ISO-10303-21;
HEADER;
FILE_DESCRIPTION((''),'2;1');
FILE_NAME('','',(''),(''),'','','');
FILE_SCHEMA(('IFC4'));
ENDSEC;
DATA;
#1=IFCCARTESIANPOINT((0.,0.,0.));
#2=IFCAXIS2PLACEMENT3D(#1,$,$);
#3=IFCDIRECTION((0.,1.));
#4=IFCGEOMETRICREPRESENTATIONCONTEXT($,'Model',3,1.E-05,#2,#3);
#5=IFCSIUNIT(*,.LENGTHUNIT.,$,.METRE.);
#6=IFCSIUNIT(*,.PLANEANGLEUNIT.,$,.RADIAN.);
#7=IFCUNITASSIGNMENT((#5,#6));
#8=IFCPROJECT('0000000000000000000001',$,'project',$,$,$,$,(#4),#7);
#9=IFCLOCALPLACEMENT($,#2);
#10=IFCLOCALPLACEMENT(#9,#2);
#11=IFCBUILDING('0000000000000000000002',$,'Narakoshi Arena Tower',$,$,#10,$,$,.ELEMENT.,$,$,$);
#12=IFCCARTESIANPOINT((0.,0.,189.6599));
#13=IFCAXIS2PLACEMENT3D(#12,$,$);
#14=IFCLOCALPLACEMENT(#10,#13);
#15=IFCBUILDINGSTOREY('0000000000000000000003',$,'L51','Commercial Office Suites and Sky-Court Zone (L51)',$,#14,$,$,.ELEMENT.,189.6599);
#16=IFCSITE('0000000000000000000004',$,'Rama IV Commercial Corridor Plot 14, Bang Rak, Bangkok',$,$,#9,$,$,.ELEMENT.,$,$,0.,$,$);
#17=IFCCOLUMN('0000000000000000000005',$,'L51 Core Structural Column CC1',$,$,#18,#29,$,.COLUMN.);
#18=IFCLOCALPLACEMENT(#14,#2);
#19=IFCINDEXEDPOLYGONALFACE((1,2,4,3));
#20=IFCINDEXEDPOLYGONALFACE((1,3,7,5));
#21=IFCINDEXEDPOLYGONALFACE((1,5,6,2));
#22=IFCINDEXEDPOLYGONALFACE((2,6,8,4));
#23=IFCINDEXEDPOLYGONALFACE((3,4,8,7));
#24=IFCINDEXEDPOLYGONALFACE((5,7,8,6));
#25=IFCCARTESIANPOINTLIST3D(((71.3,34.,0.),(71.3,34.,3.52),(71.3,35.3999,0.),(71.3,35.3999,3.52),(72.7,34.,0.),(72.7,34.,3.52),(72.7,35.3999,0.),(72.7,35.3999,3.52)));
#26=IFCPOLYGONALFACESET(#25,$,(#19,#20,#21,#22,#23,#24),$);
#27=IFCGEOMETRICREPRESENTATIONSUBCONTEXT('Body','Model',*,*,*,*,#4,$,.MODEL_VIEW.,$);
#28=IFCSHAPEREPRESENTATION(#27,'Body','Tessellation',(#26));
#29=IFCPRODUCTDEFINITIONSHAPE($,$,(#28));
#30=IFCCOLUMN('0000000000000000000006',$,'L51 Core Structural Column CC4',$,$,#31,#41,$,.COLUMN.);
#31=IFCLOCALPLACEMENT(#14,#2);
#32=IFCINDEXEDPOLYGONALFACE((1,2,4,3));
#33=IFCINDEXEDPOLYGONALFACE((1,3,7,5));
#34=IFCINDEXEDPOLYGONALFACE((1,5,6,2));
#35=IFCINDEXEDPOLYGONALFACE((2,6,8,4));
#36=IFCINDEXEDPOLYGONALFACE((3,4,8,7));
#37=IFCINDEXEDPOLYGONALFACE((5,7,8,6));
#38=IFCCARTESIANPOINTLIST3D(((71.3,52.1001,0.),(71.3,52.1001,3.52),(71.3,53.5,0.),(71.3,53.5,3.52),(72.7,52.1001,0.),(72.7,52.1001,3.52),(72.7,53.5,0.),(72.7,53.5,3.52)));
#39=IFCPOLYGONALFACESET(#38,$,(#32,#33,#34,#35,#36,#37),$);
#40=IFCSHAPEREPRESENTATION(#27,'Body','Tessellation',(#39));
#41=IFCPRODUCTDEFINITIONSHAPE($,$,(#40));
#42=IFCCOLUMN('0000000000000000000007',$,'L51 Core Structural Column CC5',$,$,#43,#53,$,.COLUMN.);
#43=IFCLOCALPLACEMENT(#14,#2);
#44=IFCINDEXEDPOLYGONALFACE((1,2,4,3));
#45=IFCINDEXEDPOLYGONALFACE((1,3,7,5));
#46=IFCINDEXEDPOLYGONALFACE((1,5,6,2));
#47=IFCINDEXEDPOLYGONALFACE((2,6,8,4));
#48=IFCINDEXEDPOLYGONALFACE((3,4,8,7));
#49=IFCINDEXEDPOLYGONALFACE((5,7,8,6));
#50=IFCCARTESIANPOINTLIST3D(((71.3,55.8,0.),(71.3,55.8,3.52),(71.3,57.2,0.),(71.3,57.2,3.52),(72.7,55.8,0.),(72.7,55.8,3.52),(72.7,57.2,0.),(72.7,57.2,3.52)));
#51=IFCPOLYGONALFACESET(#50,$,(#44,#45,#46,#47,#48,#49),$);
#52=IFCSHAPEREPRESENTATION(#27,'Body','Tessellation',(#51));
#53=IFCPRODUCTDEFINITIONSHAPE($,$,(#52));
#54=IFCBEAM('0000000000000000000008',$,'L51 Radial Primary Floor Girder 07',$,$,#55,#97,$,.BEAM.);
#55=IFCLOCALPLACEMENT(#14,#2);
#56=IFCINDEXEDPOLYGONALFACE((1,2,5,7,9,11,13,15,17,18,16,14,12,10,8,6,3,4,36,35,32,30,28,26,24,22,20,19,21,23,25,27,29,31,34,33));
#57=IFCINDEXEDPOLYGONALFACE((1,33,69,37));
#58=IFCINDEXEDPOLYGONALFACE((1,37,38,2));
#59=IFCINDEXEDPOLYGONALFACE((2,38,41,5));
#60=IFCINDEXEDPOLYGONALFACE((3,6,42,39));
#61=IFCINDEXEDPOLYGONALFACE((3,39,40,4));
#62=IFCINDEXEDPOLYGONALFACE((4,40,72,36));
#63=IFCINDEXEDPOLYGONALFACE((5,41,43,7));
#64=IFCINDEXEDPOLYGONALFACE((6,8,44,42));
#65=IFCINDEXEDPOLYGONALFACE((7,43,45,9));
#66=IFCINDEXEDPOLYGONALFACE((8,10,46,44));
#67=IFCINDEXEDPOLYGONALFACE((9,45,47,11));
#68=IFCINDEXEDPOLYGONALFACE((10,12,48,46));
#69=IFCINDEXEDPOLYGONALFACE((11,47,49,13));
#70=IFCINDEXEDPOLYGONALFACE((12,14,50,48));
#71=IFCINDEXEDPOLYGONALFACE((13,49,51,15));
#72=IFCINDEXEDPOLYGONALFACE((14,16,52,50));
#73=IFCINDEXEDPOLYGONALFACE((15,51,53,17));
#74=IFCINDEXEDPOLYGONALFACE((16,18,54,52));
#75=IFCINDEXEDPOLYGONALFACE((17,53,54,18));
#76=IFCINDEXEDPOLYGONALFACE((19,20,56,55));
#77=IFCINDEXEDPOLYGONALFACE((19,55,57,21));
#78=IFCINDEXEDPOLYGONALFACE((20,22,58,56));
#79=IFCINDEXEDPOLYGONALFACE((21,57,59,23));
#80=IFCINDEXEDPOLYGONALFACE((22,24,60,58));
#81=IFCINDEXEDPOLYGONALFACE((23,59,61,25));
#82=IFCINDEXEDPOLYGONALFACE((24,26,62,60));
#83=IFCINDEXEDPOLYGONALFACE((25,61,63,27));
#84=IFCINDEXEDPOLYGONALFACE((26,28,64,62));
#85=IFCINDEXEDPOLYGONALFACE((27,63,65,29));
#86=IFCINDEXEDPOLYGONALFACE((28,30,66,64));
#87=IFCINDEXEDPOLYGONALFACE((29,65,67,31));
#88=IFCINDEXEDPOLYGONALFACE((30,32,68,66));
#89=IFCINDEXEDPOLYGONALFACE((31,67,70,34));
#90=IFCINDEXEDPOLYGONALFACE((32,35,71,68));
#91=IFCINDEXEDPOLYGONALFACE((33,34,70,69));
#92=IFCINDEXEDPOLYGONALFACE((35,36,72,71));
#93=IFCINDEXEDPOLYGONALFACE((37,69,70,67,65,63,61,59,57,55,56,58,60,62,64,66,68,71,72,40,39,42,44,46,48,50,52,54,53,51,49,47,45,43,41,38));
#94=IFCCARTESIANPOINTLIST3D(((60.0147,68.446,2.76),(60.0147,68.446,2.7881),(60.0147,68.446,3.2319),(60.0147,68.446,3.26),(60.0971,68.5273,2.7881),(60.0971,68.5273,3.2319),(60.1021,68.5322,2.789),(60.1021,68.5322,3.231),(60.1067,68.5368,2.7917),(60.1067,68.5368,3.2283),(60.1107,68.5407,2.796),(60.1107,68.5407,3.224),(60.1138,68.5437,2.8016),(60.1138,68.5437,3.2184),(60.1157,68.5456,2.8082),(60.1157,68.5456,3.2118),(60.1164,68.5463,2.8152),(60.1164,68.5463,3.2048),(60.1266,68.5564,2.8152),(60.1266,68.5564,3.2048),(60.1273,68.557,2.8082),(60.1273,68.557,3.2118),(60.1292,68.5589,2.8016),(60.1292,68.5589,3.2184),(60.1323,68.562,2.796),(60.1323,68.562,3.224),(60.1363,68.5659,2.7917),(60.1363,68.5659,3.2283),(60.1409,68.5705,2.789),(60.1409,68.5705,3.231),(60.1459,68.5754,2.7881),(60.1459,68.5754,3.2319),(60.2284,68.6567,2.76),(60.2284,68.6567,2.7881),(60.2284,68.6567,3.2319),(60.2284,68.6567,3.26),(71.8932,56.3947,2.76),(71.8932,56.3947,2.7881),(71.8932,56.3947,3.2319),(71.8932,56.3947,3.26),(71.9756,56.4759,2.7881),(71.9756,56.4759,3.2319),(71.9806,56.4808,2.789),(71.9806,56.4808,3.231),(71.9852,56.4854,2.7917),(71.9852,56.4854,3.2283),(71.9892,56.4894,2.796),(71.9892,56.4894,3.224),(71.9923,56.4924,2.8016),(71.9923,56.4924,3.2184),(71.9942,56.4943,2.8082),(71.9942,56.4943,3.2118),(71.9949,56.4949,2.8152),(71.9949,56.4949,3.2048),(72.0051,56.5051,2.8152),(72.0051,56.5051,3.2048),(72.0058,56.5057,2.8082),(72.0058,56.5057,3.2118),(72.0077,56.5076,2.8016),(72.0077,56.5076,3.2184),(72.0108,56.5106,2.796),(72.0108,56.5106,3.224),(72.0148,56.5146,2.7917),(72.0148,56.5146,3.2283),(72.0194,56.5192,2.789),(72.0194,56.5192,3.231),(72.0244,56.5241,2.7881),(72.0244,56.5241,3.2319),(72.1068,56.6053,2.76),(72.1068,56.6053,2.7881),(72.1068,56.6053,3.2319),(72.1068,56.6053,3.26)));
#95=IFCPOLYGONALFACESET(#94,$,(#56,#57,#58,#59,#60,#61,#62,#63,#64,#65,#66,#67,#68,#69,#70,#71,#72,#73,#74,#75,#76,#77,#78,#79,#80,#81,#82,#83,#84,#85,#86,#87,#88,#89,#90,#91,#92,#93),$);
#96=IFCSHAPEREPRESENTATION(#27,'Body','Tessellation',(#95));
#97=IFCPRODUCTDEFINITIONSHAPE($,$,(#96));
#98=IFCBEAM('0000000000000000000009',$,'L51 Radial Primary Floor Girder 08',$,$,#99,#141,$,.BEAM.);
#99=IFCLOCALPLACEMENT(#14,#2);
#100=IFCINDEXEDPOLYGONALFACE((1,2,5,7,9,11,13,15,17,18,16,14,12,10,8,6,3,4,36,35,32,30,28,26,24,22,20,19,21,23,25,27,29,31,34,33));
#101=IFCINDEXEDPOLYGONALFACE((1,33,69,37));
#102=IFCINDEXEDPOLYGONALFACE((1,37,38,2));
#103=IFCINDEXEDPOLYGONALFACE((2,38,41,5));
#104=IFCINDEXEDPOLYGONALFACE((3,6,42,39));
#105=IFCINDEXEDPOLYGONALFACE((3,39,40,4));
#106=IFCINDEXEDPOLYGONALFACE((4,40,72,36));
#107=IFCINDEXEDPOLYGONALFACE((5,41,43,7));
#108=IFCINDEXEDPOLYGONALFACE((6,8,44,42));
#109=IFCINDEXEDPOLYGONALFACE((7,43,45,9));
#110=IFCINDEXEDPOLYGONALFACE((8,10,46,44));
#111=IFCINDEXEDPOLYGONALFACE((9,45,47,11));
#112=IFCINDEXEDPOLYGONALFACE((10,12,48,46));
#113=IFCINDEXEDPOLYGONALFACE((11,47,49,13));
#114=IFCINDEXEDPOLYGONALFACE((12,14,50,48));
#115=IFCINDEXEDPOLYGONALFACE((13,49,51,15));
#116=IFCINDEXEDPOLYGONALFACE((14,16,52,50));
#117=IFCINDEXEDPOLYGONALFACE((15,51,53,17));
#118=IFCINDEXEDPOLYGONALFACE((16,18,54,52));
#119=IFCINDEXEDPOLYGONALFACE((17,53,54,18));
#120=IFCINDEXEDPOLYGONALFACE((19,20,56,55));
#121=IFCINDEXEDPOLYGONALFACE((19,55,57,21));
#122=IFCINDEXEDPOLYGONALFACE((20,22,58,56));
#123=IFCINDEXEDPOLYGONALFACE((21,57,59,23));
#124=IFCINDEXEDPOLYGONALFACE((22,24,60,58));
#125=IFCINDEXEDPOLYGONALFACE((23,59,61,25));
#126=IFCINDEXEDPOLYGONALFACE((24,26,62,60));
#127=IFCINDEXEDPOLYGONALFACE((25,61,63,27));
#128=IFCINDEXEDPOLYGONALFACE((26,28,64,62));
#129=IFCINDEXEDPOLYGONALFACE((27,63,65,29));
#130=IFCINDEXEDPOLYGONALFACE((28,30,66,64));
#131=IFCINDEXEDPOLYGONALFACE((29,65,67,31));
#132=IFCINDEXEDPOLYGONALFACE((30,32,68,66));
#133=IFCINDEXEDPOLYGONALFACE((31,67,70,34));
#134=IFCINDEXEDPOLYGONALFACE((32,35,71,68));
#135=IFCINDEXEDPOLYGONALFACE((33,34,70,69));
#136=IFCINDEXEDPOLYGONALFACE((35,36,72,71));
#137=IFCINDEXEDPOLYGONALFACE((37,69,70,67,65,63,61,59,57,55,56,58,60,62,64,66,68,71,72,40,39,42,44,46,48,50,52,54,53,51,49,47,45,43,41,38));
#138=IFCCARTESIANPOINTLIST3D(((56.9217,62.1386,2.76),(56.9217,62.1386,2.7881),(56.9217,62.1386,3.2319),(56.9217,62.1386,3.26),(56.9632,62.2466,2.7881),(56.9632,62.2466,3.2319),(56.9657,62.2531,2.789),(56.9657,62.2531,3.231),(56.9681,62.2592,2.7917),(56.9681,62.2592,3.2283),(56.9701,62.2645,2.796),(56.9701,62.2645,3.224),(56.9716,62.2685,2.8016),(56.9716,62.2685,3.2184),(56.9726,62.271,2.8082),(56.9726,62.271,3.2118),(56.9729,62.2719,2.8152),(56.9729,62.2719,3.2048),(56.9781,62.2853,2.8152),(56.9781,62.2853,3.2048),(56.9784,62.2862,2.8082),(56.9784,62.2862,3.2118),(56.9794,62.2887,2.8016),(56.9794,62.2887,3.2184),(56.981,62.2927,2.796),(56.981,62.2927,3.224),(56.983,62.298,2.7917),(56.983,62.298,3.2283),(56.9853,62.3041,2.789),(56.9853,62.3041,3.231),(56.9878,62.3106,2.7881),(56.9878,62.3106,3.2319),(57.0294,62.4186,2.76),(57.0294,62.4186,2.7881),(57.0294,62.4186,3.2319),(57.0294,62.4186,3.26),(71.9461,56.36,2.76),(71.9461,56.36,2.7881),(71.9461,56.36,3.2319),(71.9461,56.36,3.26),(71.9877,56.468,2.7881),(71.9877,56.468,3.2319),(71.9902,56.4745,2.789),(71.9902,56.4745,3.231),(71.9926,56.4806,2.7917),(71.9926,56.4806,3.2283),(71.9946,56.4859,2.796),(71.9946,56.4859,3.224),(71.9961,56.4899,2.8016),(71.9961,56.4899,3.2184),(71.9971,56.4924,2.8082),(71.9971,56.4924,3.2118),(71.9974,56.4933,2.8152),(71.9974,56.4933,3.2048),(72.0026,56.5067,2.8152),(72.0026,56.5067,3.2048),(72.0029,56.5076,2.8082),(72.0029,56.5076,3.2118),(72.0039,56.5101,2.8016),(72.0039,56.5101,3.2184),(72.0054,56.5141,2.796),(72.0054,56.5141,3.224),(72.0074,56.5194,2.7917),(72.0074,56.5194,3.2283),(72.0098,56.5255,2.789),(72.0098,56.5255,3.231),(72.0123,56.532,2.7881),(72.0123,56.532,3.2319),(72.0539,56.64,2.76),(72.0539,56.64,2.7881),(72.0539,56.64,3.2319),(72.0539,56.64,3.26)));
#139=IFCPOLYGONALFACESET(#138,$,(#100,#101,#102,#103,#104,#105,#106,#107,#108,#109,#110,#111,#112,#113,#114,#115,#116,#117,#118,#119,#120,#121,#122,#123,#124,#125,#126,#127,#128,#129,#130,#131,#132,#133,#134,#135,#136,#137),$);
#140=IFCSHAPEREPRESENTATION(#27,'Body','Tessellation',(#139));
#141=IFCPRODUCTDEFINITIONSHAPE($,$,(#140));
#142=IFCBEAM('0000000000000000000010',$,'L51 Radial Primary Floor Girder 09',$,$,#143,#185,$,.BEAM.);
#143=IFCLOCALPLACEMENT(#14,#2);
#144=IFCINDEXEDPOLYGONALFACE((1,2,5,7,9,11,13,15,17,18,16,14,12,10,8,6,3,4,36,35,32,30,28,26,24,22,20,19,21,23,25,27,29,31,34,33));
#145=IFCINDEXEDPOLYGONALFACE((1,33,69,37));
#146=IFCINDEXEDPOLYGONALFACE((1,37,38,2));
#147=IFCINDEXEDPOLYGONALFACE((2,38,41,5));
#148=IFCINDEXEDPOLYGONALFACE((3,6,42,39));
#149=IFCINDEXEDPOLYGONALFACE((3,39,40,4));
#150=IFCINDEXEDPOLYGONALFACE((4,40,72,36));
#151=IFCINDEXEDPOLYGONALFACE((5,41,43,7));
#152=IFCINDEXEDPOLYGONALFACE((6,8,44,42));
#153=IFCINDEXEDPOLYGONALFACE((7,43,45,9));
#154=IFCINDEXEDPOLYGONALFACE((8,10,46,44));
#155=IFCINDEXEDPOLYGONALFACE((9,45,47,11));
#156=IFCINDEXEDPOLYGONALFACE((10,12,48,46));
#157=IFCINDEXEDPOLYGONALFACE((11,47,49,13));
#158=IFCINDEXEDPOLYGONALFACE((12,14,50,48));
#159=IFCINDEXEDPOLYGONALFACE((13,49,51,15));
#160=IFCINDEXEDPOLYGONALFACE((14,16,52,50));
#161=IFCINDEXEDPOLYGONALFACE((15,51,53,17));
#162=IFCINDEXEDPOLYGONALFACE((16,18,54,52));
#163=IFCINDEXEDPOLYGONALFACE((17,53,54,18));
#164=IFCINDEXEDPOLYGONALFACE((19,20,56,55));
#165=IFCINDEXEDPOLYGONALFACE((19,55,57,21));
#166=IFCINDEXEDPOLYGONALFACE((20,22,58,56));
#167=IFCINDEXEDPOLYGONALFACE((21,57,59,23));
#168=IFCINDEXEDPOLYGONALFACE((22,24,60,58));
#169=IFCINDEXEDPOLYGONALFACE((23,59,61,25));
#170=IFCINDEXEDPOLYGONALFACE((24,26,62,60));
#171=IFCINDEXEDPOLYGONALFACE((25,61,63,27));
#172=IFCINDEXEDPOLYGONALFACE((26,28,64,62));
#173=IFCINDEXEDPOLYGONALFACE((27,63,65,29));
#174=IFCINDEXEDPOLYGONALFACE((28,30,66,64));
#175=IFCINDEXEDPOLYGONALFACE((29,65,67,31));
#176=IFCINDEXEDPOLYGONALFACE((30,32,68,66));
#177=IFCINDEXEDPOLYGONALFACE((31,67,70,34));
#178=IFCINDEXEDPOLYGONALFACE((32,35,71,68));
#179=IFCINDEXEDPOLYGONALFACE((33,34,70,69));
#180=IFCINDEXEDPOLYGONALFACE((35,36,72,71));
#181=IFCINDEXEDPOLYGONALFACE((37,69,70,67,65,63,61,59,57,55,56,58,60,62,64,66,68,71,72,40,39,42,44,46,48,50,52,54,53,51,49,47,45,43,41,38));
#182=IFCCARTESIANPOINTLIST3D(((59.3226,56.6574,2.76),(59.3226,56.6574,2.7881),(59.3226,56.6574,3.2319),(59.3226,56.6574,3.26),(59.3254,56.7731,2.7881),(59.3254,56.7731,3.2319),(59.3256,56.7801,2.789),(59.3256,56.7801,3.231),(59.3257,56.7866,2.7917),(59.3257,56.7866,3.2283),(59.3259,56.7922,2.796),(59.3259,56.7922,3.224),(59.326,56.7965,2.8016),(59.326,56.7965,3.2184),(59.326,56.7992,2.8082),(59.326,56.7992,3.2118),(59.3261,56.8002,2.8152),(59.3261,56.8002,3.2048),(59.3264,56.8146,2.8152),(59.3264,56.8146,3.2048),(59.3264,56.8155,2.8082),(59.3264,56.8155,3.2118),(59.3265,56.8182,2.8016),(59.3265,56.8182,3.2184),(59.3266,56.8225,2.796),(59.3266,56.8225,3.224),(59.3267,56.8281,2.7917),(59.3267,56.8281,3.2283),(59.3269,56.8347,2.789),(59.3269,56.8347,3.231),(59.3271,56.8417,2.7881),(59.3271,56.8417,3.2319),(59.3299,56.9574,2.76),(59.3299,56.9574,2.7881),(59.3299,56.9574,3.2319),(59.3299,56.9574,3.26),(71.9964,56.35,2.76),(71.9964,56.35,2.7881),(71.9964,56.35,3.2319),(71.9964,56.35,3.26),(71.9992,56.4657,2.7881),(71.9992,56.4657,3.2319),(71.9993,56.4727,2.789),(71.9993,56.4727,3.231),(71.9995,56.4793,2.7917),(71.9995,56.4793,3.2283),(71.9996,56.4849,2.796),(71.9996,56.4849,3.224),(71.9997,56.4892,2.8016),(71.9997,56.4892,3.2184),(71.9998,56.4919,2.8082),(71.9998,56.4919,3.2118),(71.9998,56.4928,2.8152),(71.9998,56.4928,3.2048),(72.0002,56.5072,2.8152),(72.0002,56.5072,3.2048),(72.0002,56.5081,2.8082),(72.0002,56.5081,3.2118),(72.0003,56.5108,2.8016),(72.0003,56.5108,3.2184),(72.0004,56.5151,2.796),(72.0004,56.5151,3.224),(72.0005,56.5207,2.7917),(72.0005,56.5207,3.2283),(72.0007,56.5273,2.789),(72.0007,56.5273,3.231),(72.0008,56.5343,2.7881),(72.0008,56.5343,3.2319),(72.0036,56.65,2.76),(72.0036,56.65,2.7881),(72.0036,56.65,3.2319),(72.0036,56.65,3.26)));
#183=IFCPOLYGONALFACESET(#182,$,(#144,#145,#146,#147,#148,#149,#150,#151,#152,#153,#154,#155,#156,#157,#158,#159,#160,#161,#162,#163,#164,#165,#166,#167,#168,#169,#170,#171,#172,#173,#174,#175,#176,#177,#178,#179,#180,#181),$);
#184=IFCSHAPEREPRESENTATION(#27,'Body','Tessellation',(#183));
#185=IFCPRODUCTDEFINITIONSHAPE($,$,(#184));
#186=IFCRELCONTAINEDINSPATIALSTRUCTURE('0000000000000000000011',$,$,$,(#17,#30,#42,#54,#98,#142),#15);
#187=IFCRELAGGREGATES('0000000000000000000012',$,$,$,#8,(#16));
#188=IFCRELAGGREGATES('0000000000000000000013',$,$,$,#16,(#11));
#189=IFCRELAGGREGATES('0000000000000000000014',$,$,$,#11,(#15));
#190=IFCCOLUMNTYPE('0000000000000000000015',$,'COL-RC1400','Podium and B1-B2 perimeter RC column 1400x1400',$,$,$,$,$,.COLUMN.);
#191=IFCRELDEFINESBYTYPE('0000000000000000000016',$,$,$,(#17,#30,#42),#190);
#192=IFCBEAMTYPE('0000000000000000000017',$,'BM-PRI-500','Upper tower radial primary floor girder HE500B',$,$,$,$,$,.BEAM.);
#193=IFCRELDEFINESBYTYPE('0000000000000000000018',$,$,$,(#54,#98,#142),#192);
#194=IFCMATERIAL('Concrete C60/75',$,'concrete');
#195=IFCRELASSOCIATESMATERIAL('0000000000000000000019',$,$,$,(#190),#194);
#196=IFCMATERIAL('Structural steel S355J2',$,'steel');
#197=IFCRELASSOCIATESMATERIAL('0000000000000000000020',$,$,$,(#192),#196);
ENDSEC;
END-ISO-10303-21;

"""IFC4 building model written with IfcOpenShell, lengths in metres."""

from ifc_helpers import new_model, si_unit, direction, frame, origin, origin_2d, place, context, subcontext, project, spatial, rectangle, i_section, extrude, material, material_profile, profile_set, type_object, element, save


model = new_model("IFC4")

# Units and contexts
model_context = context("Model", 3, precision=1e-05, world=origin(), true_north=direction((0.0, 1.0)))
body_context = subcontext(model_context, "Body", "Model", "MODEL_VIEW")
ifc_project = project(units=[si_unit("LENGTHUNIT", "METRE"), si_unit("PLANEANGLEUNIT", "RADIAN")], contexts=[model_context])

# Site, building, storey
site_placement = place(None, origin())
site = spatial("IfcSite", under=ifc_project, at=site_placement, Name="Rama IV Commercial Corridor Plot 14, Bang Rak, Bangkok", CompositionType="ELEMENT", RefElevation=0.0)
building_placement = place(site_placement, origin())
building = spatial("IfcBuilding", under=site, at=building_placement, Name="Narakoshi Arena Tower", CompositionType="ELEMENT")
storey_placement = place(building_placement, frame((0.0, 0.0, 189.6599)))
storey = spatial("IfcBuildingStorey", under=building, at=storey_placement, Name="L51", Description="Commercial Office Suites and Sky-Court Zone (L51)", CompositionType="ELEMENT", Elevation=189.6599)

# Columns
ifc_material_1 = material(Name="Concrete C60/75", Category="concrete")
ifc_material_profile_1 = material_profile(ifc_material_1, rectangle(XDim=1.3999, YDim=1.3999, at=origin_2d()), Name="RC1400x1400")
ifc_profile_set_1 = profile_set([ifc_material_profile_1], Name="Concrete C60/75")
column_type = type_object("IfcColumnType", Name="COL-RC1400", Description="Podium and B1-B2 perimeter RC column 1400x1400", PredefinedType="COLUMN", material=ifc_profile_set_1)
for number, where, z_axis, x_axis, name in (
    (1, (72.0, 34.7, 0.0), (0.0, 0.0, 1.0), (1.0, 0.0, 0.0), "L51 Core Structural Column CC1"),
    (2, (72.0, 52.8, 0.0), (0.0, 0.0, 1.0), (1.0, 0.0, 0.0), "L51 Core Structural Column CC4"),
    (3, (72.0, 56.5, 0.0), (0.0, 0.0, 1.0), (1.0, 0.0, 0.0), "L51 Core Structural Column CC5"),
):
    element("IfcColumn", number, at=place(storey_placement, frame(where, z_axis=z_axis, x_axis=x_axis)), inside=storey, type_object=column_type, Name=name, PredefinedType="COLUMN", context=body_context, shape_type="SweptSolid", body=[
        extrude(rectangle(XDim=1.3999, YDim=1.3999, at=origin_2d()), origin(), (0.0, 0.0, 1.0), 3.52),
    ])

# Beams
ifc_material_2 = material(Name="Structural steel S355J2", Category="steel")
ifc_material_profile_2 = material_profile(ifc_material_2, i_section(OverallWidth=0.3, OverallDepth=0.5, WebThickness=0.0144, FlangeThickness=0.0281, FilletRadius=0.0271, at=origin_2d()), Name="HE500B")
ifc_profile_set_2 = profile_set([ifc_material_profile_2], Name="Structural steel S355J2")
beam_type_1 = type_object("IfcBeamType", Name="BM-PRI-500", Description="Upper tower radial primary floor girder HE500B", PredefinedType="BEAM", material=ifc_profile_set_2)
beam_1_placement = place(storey_placement, frame((72.0, 56.5, 3.01), z_axis=(-0.701981, 0.712196, 0.0), x_axis=(-0.712196, -0.701981, 0.0)))
element("IfcBeam", 4, at=beam_1_placement, inside=storey, type_object=beam_type_1, Name="L51 Radial Primary Floor Girder 07", PredefinedType="BEAM", context=body_context, shape_type="SweptSolid", body=[
    extrude(i_section(OverallWidth=0.3, OverallDepth=0.5, WebThickness=0.0144, FlangeThickness=0.0281, FilletRadius=0.0271, at=origin_2d()), origin(), (0.0, 0.0, 1.0), 16.9214),
])
beam_2_placement = place(storey_placement, frame((72.0, 56.5, 3.01), z_axis=(-0.933347, 0.358976, 0.0), x_axis=(-0.358976, -0.933347, 0.0)))
element("IfcBeam", 5, at=beam_2_placement, inside=storey, type_object=beam_type_1, Name="L51 Radial Primary Floor Girder 08", PredefinedType="BEAM", context=body_context, shape_type="SweptSolid", body=[
    extrude(i_section(OverallWidth=0.3, OverallDepth=0.5, WebThickness=0.0144, FlangeThickness=0.0281, FilletRadius=0.0271, at=origin_2d()), origin(), (0.0, 0.0, 1.0), 16.0974),
])
beam_3_placement = place(storey_placement, frame((72.0, 56.5, 3.01), z_axis=(-0.999706, 0.024245, 0.0), x_axis=(-0.024245, -0.999706, 0.0)))
element("IfcBeam", 6, at=beam_3_placement, inside=storey, type_object=beam_type_1, Name="L51 Radial Primary Floor Girder 09", PredefinedType="BEAM", context=body_context, shape_type="SweptSolid", body=[
    extrude(i_section(OverallWidth=0.3, OverallDepth=0.5, WebThickness=0.0144, FlangeThickness=0.0281, FilletRadius=0.0271, at=origin_2d()), origin(), (0.0, 0.0, 1.0), 12.6775),
])

save(model, "model.ifc")
